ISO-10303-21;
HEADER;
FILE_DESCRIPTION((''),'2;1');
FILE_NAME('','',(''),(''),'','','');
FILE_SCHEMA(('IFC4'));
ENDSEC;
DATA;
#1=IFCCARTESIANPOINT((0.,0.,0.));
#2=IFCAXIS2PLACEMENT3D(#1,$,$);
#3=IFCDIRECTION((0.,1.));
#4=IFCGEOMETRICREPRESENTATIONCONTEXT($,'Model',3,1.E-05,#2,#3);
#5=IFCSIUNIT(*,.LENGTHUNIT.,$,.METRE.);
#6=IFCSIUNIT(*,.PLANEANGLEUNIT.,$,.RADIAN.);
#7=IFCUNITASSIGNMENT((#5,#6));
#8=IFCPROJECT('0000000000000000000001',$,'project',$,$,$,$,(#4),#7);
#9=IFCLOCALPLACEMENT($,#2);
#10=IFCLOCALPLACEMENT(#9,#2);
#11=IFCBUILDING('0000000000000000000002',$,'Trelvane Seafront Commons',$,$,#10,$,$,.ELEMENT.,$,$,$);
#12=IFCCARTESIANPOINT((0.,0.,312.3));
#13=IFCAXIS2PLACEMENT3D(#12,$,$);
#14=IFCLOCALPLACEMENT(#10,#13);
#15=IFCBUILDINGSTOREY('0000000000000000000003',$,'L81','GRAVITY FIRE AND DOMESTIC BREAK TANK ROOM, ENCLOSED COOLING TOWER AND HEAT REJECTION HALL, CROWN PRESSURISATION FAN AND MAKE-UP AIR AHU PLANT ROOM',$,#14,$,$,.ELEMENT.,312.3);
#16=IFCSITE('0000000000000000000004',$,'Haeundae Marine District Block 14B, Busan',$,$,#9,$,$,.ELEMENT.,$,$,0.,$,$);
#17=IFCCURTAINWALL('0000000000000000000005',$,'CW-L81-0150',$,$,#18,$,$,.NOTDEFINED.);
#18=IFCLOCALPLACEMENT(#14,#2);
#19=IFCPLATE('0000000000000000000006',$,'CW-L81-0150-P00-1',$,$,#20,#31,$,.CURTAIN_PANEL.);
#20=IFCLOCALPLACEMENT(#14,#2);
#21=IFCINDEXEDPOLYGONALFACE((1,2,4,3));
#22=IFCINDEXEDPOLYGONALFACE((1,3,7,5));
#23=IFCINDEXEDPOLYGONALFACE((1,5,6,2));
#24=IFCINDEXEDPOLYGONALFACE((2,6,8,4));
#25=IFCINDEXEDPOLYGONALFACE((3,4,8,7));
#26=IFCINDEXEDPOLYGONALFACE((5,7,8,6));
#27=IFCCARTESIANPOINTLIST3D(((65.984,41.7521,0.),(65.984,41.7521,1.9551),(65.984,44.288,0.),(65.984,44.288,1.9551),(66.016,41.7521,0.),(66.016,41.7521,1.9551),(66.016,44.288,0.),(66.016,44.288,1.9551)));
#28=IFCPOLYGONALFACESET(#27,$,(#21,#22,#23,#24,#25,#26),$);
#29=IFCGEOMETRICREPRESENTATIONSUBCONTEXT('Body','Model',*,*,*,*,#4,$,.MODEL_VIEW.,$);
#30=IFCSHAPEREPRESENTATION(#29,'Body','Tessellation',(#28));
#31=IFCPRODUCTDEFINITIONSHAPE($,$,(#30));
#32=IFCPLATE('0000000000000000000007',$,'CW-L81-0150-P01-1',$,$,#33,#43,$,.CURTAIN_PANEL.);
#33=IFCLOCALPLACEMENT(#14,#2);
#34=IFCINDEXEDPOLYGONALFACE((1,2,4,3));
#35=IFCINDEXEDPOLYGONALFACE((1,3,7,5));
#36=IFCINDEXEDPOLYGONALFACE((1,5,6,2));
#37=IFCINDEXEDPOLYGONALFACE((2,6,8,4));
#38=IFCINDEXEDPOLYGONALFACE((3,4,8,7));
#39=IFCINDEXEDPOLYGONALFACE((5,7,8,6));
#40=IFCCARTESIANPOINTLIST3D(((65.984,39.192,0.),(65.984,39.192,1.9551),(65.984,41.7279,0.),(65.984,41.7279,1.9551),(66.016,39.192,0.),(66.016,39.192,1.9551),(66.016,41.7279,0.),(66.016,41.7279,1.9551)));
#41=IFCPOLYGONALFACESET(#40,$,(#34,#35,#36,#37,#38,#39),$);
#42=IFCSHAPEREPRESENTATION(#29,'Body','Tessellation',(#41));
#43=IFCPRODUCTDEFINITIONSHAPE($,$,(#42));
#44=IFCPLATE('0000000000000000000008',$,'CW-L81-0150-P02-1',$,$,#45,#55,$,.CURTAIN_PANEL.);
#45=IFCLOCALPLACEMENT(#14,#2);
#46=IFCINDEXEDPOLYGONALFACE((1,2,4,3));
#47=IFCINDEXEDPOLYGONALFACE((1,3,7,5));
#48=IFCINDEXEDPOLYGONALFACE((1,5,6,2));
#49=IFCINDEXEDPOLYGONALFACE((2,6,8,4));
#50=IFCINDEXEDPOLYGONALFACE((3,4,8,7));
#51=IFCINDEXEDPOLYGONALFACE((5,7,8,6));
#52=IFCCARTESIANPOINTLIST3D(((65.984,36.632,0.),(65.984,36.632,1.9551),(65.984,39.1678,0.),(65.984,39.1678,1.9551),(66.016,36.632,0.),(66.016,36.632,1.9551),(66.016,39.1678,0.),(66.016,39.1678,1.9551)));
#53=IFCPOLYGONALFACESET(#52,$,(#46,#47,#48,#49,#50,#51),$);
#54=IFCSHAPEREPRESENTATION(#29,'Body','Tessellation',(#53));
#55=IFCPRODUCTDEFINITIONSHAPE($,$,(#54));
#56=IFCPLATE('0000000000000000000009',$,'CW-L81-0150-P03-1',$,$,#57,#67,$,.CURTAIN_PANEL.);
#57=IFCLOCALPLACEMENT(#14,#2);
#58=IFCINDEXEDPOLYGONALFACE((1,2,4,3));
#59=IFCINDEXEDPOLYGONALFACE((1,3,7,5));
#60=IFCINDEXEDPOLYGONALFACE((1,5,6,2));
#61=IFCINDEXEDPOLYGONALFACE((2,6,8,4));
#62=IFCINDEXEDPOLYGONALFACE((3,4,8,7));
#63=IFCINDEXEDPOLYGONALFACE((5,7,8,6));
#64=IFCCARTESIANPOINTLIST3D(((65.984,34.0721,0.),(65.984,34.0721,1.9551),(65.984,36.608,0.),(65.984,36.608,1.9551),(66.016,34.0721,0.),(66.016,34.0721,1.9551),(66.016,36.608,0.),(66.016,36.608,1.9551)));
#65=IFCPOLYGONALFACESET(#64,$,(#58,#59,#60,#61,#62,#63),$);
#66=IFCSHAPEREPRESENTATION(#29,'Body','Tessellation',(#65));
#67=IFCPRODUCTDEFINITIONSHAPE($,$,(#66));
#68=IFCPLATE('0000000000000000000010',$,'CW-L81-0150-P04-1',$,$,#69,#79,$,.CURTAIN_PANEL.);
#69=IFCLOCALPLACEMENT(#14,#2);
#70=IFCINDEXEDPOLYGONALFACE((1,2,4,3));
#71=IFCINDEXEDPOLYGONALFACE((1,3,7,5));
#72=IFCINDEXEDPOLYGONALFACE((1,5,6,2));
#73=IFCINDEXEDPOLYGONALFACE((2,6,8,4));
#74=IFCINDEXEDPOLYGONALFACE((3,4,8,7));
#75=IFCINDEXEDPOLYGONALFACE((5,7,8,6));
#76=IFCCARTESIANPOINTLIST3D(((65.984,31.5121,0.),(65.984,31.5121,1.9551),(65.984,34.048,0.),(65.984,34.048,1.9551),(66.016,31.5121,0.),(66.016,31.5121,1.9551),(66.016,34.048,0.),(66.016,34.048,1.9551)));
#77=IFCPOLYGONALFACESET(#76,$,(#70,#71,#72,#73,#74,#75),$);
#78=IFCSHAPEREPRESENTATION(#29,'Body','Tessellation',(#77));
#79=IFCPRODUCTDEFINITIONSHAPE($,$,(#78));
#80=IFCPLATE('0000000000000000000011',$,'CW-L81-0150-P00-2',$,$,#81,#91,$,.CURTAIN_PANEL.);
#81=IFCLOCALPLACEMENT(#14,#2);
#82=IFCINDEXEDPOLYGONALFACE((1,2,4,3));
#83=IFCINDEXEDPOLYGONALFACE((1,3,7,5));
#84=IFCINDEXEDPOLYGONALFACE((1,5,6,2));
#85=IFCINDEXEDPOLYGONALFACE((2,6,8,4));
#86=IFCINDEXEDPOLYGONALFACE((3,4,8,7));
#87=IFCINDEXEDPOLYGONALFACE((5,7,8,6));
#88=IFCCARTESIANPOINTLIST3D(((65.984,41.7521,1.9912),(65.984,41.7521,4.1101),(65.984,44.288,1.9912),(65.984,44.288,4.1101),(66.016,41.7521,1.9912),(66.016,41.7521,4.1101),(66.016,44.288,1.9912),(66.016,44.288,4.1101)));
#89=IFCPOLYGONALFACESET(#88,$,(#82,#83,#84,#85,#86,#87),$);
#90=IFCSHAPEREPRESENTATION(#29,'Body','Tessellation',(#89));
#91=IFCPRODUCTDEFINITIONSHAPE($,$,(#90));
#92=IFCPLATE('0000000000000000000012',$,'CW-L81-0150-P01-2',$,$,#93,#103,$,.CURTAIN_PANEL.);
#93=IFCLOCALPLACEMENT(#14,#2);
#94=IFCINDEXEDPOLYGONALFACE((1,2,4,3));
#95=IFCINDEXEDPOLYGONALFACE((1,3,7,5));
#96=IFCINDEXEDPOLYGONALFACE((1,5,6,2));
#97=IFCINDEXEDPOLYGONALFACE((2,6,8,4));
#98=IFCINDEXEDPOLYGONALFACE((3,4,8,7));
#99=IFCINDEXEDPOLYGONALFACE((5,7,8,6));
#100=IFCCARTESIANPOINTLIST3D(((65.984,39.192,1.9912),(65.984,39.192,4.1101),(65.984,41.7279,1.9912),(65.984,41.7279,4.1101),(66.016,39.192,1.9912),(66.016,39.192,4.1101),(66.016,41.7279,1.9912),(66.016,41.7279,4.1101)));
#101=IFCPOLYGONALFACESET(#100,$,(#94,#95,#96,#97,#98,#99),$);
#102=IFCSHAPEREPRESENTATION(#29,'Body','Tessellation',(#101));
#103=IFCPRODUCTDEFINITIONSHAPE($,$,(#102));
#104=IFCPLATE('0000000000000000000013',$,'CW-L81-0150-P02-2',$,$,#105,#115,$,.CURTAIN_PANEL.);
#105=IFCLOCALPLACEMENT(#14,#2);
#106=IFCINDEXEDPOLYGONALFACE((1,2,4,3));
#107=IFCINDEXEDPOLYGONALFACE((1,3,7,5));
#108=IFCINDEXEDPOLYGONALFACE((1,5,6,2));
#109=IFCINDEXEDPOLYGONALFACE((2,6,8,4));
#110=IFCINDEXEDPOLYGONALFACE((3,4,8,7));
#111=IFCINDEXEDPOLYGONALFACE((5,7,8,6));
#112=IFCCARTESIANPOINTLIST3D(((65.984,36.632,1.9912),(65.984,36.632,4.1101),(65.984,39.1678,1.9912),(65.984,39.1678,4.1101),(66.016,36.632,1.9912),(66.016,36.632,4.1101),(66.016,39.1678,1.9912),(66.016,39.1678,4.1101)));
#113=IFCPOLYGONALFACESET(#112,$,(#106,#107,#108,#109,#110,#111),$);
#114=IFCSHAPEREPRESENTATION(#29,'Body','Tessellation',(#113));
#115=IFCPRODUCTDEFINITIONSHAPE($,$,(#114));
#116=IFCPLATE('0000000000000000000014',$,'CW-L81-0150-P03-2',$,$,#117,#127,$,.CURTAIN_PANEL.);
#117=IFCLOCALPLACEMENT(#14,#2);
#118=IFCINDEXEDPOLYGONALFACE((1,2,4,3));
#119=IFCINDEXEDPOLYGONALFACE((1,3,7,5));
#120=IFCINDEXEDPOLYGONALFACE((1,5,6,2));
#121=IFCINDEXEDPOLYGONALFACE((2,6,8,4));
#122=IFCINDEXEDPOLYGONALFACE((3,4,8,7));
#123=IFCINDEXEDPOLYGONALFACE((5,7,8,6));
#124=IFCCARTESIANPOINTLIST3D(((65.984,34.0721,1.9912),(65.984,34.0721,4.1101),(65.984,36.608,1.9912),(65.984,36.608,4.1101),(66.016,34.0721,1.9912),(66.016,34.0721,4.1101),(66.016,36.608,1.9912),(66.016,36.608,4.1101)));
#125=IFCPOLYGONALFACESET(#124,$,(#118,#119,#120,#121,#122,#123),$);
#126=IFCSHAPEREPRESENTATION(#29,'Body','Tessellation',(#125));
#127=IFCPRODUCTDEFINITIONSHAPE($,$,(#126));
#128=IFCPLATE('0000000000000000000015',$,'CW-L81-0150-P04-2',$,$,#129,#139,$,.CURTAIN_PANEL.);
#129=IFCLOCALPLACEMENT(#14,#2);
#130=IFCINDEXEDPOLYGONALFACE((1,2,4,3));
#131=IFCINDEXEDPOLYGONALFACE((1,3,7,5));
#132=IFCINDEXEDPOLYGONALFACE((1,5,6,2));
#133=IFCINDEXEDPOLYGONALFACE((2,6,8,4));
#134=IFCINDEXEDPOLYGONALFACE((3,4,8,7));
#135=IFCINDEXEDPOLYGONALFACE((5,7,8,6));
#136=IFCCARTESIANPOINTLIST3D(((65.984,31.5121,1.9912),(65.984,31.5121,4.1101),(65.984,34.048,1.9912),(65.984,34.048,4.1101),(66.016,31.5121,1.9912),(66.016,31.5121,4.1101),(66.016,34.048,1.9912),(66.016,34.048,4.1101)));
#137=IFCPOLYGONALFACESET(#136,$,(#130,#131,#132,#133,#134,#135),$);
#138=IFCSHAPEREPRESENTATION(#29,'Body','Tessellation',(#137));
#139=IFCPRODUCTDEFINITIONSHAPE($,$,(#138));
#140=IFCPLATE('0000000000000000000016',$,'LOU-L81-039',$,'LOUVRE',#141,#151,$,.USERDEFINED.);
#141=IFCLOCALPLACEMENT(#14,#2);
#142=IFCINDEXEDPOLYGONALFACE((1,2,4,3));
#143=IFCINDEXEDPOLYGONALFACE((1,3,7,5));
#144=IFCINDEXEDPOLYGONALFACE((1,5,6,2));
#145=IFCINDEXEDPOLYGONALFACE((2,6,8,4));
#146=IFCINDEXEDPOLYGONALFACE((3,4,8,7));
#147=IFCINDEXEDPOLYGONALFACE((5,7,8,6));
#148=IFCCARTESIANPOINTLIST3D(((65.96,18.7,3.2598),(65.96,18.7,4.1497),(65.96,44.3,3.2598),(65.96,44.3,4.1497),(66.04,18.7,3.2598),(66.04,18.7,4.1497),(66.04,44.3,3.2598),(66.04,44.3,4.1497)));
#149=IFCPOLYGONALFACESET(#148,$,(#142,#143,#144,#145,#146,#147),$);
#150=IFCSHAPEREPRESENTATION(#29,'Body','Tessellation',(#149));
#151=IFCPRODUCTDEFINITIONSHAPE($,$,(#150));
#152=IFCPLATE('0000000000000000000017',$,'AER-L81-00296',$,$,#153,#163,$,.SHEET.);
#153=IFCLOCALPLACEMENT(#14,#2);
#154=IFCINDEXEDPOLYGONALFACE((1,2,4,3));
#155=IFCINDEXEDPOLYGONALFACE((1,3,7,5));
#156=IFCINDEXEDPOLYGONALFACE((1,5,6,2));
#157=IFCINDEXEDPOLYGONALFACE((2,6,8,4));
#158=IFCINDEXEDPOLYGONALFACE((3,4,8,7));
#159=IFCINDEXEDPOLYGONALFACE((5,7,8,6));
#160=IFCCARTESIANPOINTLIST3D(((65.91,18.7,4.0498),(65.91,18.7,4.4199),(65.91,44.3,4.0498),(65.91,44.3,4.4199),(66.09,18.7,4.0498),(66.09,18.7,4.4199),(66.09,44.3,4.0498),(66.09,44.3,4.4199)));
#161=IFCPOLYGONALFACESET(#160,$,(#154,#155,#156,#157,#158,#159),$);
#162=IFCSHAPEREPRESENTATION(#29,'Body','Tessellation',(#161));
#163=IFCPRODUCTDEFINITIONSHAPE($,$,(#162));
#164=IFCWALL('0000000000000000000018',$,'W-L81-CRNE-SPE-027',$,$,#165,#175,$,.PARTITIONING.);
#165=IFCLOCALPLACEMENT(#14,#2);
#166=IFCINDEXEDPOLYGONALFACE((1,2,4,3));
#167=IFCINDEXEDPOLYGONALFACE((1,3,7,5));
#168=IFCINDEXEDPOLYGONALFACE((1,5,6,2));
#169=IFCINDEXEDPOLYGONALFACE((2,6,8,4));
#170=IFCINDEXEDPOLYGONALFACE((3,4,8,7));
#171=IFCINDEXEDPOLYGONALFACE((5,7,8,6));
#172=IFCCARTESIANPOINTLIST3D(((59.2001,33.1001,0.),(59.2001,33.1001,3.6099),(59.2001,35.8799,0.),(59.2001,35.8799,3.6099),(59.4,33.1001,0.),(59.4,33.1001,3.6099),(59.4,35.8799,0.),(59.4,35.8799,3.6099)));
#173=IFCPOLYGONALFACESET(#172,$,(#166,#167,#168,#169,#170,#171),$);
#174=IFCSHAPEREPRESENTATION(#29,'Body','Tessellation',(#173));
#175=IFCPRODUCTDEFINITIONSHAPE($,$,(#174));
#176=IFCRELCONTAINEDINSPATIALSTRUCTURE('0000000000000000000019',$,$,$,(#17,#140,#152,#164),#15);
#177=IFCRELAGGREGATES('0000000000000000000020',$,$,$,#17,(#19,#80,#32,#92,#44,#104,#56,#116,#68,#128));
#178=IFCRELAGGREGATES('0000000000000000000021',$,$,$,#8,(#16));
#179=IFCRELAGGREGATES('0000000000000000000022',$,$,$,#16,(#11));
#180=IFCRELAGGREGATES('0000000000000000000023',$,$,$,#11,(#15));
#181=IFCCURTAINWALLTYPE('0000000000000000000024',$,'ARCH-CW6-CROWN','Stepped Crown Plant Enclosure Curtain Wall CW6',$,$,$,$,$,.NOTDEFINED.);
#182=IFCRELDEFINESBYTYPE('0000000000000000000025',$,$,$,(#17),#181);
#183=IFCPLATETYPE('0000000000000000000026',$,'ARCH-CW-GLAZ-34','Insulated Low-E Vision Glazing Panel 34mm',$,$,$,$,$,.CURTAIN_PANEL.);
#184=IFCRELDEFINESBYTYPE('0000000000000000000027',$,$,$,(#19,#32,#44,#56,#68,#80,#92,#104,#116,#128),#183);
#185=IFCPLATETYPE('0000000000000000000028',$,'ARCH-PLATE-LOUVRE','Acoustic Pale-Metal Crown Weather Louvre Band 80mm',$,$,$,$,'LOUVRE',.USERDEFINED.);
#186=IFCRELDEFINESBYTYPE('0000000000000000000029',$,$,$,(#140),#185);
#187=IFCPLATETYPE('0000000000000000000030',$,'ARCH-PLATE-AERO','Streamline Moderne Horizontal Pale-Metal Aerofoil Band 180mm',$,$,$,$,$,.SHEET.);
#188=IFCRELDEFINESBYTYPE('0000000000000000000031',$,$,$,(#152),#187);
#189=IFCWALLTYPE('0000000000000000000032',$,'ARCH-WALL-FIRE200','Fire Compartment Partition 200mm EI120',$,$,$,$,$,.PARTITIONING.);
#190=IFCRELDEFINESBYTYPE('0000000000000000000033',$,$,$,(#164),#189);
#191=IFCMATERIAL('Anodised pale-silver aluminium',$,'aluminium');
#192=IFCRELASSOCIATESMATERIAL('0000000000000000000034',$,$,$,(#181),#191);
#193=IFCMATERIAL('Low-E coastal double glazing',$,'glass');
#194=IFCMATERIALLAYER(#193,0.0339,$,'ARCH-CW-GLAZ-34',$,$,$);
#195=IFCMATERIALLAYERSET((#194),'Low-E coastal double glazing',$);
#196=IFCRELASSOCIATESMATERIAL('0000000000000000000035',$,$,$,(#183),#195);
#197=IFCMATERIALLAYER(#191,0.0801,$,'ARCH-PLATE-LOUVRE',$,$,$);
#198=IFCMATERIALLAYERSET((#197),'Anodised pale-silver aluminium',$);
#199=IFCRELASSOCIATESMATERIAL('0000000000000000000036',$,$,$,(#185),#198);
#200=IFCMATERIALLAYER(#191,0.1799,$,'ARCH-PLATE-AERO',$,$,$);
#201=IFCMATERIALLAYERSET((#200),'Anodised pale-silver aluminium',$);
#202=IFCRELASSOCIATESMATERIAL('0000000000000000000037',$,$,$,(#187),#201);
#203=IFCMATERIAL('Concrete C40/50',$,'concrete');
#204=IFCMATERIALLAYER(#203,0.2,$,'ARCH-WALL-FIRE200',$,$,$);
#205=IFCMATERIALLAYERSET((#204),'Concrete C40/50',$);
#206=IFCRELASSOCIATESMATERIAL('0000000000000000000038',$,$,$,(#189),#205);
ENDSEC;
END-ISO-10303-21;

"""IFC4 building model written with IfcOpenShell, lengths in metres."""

from ifc_helpers import new_model, si_unit, direction, frame, frame_2d, origin, origin_2d, place, context, subcontext, project, spatial, rectangle, extrude, source, transform, mapped, material, layer, layer_set, type_object, element, aggregate, save


model = new_model("IFC4")

# Units and contexts
model_context = context("Model", 3, precision=1e-05, world=origin(), true_north=direction((0.0, 1.0)))
body_context = subcontext(model_context, "Body", "Model", "MODEL_VIEW")
ifc_project = project(units=[si_unit("LENGTHUNIT", "METRE"), si_unit("PLANEANGLEUNIT", "RADIAN")], contexts=[model_context])

# Site, building, storey
site_placement = place(None, origin())
site = spatial("IfcSite", under=ifc_project, at=site_placement, Name="Haeundae Marine District Block 14B, Busan", CompositionType="ELEMENT", RefElevation=0.0)
building_placement = place(site_placement, origin())
building = spatial("IfcBuilding", under=site, at=building_placement, Name="Trelvane Seafront Commons", CompositionType="ELEMENT")
storey_placement = place(building_placement, frame((0.0, 0.0, 312.3)))
storey = spatial("IfcBuildingStorey", under=building, at=storey_placement, Name="L81", Description="GRAVITY FIRE AND DOMESTIC BREAK TANK ROOM, ENCLOSED COOLING TOWER AND HEAT REJECTION HALL, CROWN PRESSURISATION FAN AND MAKE-UP AIR AHU PLANT ROOM", CompositionType="ELEMENT", Elevation=312.3)

# Curtain wall
ifc_material_1 = material(Name="Anodised pale-silver aluminium", Category="aluminium")
curtain_wall_type = type_object("IfcCurtainWallType", Name="ARCH-CW6-CROWN", Description="Stepped Crown Plant Enclosure Curtain Wall CW6", PredefinedType="NOTDEFINED", material=ifc_material_1)
curtain_wall_placement = place(storey_placement, origin())
curtain_wall = element("IfcCurtainWall", 1, at=curtain_wall_placement, inside=storey, type_object=curtain_wall_type, Name="CW-L81-0150", PredefinedType="NOTDEFINED")

# Plates
ifc_material_2 = material(Name="Low-E coastal double glazing", Category="glass")
ifc_layer_1 = layer(ifc_material_2, 0.0339, Name="ARCH-CW-GLAZ-34")
ifc_layer_set_1 = layer_set([ifc_layer_1], Name="Low-E coastal double glazing")
plate_type_1 = type_object("IfcPlateType", Name="ARCH-CW-GLAZ-34", Description="Insulated Low-E Vision Glazing Panel 34mm", PredefinedType="CURTAIN_PANEL", material=ifc_layer_set_1)
shared_shape_1 = source(origin(), body_context, "Body", "SweptSolid", [
    extrude(rectangle(XDim=2.5359, YDim=0.032, at=origin_2d()), origin(), (0.0, 0.0, 1.0), 1.9551),
])
plate_1_placement = place(storey_placement, frame((66.0, 43.02, 0.0), z_axis=(0.0, 0.0, 1.0), x_axis=(0.0, -1.0, 0.0)))
plate_1 = element("IfcPlate", 2, at=plate_1_placement, type_object=plate_type_1, Name="CW-L81-0150-P00-1", PredefinedType="CURTAIN_PANEL", context=body_context, shape_type="MappedRepresentation", body=[
    mapped(shared_shape_1, transform((0.0, 0.0, 0.0), x_axis=(1.0, 0.0, 0.0), y_axis=(0.0, 1.0, 0.0), z_axis=(0.0, 0.0, 1.0), scale=1.0)),
])
plate_2_placement = place(storey_placement, frame((66.0, 40.46, 0.0), z_axis=(0.0, 0.0, 1.0), x_axis=(0.0, -1.0, 0.0)))
plate_2 = element("IfcPlate", 3, at=plate_2_placement, type_object=plate_type_1, Name="CW-L81-0150-P01-1", PredefinedType="CURTAIN_PANEL", context=body_context, shape_type="MappedRepresentation", body=[
    mapped(shared_shape_1, transform((0.0, 0.0, 0.0), x_axis=(1.0, 0.0, 0.0), y_axis=(0.0, 1.0, 0.0), z_axis=(0.0, 0.0, 1.0), scale=1.0)),
])
plate_3_placement = place(storey_placement, frame((66.0, 37.8999, 0.0), z_axis=(0.0, 0.0, 1.0), x_axis=(0.0, -1.0, 0.0)))
plate_3 = element("IfcPlate", 4, at=plate_3_placement, type_object=plate_type_1, Name="CW-L81-0150-P02-1", PredefinedType="CURTAIN_PANEL", context=body_context, shape_type="MappedRepresentation", body=[
    mapped(shared_shape_1, transform((0.0, 0.0, 0.0), x_axis=(1.0, 0.0, 0.0), y_axis=(0.0, 1.0, 0.0), z_axis=(0.0, 0.0, 1.0), scale=1.0)),
])
plate_4_placement = place(storey_placement, frame((66.0, 35.3401, 0.0), z_axis=(0.0, 0.0, 1.0), x_axis=(0.0, -1.0, 0.0)))
plate_4 = element("IfcPlate", 5, at=plate_4_placement, type_object=plate_type_1, Name="CW-L81-0150-P03-1", PredefinedType="CURTAIN_PANEL", context=body_context, shape_type="MappedRepresentation", body=[
    mapped(shared_shape_1, transform((0.0, 0.0, 0.0), x_axis=(1.0, 0.0, 0.0), y_axis=(0.0, 1.0, 0.0), z_axis=(0.0, 0.0, 1.0), scale=1.0)),
])
plate_5_placement = place(storey_placement, frame((66.0, 32.78, 0.0), z_axis=(0.0, 0.0, 1.0), x_axis=(0.0, -1.0, 0.0)))
plate_5 = element("IfcPlate", 6, at=plate_5_placement, type_object=plate_type_1, Name="CW-L81-0150-P04-1", PredefinedType="CURTAIN_PANEL", context=body_context, shape_type="MappedRepresentation", body=[
    mapped(shared_shape_1, transform((0.0, 0.0, 0.0), x_axis=(1.0, 0.0, 0.0), y_axis=(0.0, 1.0, 0.0), z_axis=(0.0, 0.0, 1.0), scale=1.0)),
])
shared_shape_2 = source(origin(), body_context, "Body", "SweptSolid", [
    extrude(rectangle(XDim=2.5359, YDim=0.032, at=origin_2d()), origin(), (0.0, 0.0, 1.0), 2.1189),
])
plate_6_placement = place(storey_placement, frame((66.0, 43.02, 1.9912), z_axis=(0.0, 0.0, 1.0), x_axis=(0.0, -1.0, 0.0)))
plate_6 = element("IfcPlate", 7, at=plate_6_placement, type_object=plate_type_1, Name="CW-L81-0150-P00-2", PredefinedType="CURTAIN_PANEL", context=body_context, shape_type="MappedRepresentation", body=[
    mapped(shared_shape_2, transform((0.0, 0.0, 0.0), x_axis=(1.0, 0.0, 0.0), y_axis=(0.0, 1.0, 0.0), z_axis=(0.0, 0.0, 1.0), scale=1.0)),
])
plate_7_placement = place(storey_placement, frame((66.0, 40.46, 1.9912), z_axis=(0.0, 0.0, 1.0), x_axis=(0.0, -1.0, 0.0)))
plate_7 = element("IfcPlate", 8, at=plate_7_placement, type_object=plate_type_1, Name="CW-L81-0150-P01-2", PredefinedType="CURTAIN_PANEL", context=body_context, shape_type="MappedRepresentation", body=[
    mapped(shared_shape_2, transform((0.0, 0.0, 0.0), x_axis=(1.0, 0.0, 0.0), y_axis=(0.0, 1.0, 0.0), z_axis=(0.0, 0.0, 1.0), scale=1.0)),
])
plate_8_placement = place(storey_placement, frame((66.0, 37.8999, 1.9912), z_axis=(0.0, 0.0, 1.0), x_axis=(0.0, -1.0, 0.0)))
plate_8 = element("IfcPlate", 9, at=plate_8_placement, type_object=plate_type_1, Name="CW-L81-0150-P02-2", PredefinedType="CURTAIN_PANEL", context=body_context, shape_type="MappedRepresentation", body=[
    mapped(shared_shape_2, transform((0.0, 0.0, 0.0), x_axis=(1.0, 0.0, 0.0), y_axis=(0.0, 1.0, 0.0), z_axis=(0.0, 0.0, 1.0), scale=1.0)),
])
plate_9_placement = place(storey_placement, frame((66.0, 35.3401, 1.9912), z_axis=(0.0, 0.0, 1.0), x_axis=(0.0, -1.0, 0.0)))
plate_9 = element("IfcPlate", 10, at=plate_9_placement, type_object=plate_type_1, Name="CW-L81-0150-P03-2", PredefinedType="CURTAIN_PANEL", context=body_context, shape_type="MappedRepresentation", body=[
    mapped(shared_shape_2, transform((0.0, 0.0, 0.0), x_axis=(1.0, 0.0, 0.0), y_axis=(0.0, 1.0, 0.0), z_axis=(0.0, 0.0, 1.0), scale=1.0)),
])
plate_10_placement = place(storey_placement, frame((66.0, 32.78, 1.9912), z_axis=(0.0, 0.0, 1.0), x_axis=(0.0, -1.0, 0.0)))
plate_10 = element("IfcPlate", 11, at=plate_10_placement, type_object=plate_type_1, Name="CW-L81-0150-P04-2", PredefinedType="CURTAIN_PANEL", context=body_context, shape_type="MappedRepresentation", body=[
    mapped(shared_shape_2, transform((0.0, 0.0, 0.0), x_axis=(1.0, 0.0, 0.0), y_axis=(0.0, 1.0, 0.0), z_axis=(0.0, 0.0, 1.0), scale=1.0)),
])
aggregate(curtain_wall, [plate_1, plate_6, plate_2, plate_7, plate_3, plate_8, plate_4, plate_9, plate_5, plate_10])

# Plates
ifc_layer_2 = layer(ifc_material_1, 0.0801, Name="ARCH-PLATE-LOUVRE")
ifc_layer_set_2 = layer_set([ifc_layer_2], Name="Anodised pale-silver aluminium")
plate_type_2 = type_object("IfcPlateType", Name="ARCH-PLATE-LOUVRE", Description="Acoustic Pale-Metal Crown Weather Louvre Band 80mm", ElementType="LOUVRE", PredefinedType="USERDEFINED", material=ifc_layer_set_2)
shared_shape_3 = source(origin(), body_context, "Body", "SweptSolid", [
    extrude(rectangle(XDim=25.6001, YDim=0.0801, at=origin_2d()), origin(), (0.0, 0.0, 1.0), 0.8899),
])
plate_11_placement = place(storey_placement, frame((66.0, 31.5, 3.2598), z_axis=(0.0, 0.0, 1.0), x_axis=(0.0, -1.0, 0.0)))
element("IfcPlate", 12, at=plate_11_placement, inside=storey, type_object=plate_type_2, Name="LOU-L81-039", ObjectType="LOUVRE", PredefinedType="USERDEFINED", context=body_context, shape_type="MappedRepresentation", body=[
    mapped(shared_shape_3, transform((0.0, 0.0, 0.0), x_axis=(1.0, 0.0, 0.0), y_axis=(0.0, 1.0, 0.0), z_axis=(0.0, 0.0, 1.0), scale=1.0)),
])
ifc_layer_3 = layer(ifc_material_1, 0.1799, Name="ARCH-PLATE-AERO")
ifc_layer_set_3 = layer_set([ifc_layer_3], Name="Anodised pale-silver aluminium")
plate_type_3 = type_object("IfcPlateType", Name="ARCH-PLATE-AERO", Description="Streamline Moderne Horizontal Pale-Metal Aerofoil Band 180mm", PredefinedType="SHEET", material=ifc_layer_set_3)
shared_shape_4 = source(origin(), body_context, "Body", "SweptSolid", [
    extrude(rectangle(XDim=25.6001, YDim=0.1799, at=origin_2d()), origin(), (0.0, 0.0, 1.0), 0.3701),
])
plate_12_placement = place(storey_placement, frame((66.0, 31.5, 4.0498), z_axis=(0.0, 0.0, 1.0), x_axis=(0.0, -1.0, 0.0)))
element("IfcPlate", 13, at=plate_12_placement, inside=storey, type_object=plate_type_3, Name="AER-L81-00296", PredefinedType="SHEET", context=body_context, shape_type="MappedRepresentation", body=[
    mapped(shared_shape_4, transform((0.0, 0.0, 0.0), x_axis=(1.0, 0.0, 0.0), y_axis=(0.0, 1.0, 0.0), z_axis=(0.0, 0.0, 1.0), scale=1.0)),
])

# Shared definitions
ifc_material_3 = material(Name="Concrete C40/50", Category="concrete")
ifc_layer_4 = layer(ifc_material_3, 0.2, Name="ARCH-WALL-FIRE200")
ifc_layer_set_4 = layer_set([ifc_layer_4], Name="Concrete C40/50")
wall_type_1 = type_object("IfcWallType", Name="ARCH-WALL-FIRE200", Description="Fire Compartment Partition 200mm EI120", PredefinedType="PARTITIONING", material=ifc_layer_set_4)

# Wall
wall_1_placement = place(storey_placement, frame((59.3, 33.1001, 0.0), z_axis=(0.0, 0.0, 1.0), x_axis=(0.0, 1.0, 0.0)))
element("IfcWall", 14, at=wall_1_placement, inside=storey, type_object=wall_type_1, Name="W-L81-CRNE-SPE-027", PredefinedType="PARTITIONING", context=body_context, shape_type="SweptSolid", body=[
    extrude(rectangle(XDim=2.7798, YDim=0.2, at=frame_2d((1.3899, 0.0))), origin(), (0.0, 0.0, 1.0), 3.6099),
])

save(model, "model.ifc")
